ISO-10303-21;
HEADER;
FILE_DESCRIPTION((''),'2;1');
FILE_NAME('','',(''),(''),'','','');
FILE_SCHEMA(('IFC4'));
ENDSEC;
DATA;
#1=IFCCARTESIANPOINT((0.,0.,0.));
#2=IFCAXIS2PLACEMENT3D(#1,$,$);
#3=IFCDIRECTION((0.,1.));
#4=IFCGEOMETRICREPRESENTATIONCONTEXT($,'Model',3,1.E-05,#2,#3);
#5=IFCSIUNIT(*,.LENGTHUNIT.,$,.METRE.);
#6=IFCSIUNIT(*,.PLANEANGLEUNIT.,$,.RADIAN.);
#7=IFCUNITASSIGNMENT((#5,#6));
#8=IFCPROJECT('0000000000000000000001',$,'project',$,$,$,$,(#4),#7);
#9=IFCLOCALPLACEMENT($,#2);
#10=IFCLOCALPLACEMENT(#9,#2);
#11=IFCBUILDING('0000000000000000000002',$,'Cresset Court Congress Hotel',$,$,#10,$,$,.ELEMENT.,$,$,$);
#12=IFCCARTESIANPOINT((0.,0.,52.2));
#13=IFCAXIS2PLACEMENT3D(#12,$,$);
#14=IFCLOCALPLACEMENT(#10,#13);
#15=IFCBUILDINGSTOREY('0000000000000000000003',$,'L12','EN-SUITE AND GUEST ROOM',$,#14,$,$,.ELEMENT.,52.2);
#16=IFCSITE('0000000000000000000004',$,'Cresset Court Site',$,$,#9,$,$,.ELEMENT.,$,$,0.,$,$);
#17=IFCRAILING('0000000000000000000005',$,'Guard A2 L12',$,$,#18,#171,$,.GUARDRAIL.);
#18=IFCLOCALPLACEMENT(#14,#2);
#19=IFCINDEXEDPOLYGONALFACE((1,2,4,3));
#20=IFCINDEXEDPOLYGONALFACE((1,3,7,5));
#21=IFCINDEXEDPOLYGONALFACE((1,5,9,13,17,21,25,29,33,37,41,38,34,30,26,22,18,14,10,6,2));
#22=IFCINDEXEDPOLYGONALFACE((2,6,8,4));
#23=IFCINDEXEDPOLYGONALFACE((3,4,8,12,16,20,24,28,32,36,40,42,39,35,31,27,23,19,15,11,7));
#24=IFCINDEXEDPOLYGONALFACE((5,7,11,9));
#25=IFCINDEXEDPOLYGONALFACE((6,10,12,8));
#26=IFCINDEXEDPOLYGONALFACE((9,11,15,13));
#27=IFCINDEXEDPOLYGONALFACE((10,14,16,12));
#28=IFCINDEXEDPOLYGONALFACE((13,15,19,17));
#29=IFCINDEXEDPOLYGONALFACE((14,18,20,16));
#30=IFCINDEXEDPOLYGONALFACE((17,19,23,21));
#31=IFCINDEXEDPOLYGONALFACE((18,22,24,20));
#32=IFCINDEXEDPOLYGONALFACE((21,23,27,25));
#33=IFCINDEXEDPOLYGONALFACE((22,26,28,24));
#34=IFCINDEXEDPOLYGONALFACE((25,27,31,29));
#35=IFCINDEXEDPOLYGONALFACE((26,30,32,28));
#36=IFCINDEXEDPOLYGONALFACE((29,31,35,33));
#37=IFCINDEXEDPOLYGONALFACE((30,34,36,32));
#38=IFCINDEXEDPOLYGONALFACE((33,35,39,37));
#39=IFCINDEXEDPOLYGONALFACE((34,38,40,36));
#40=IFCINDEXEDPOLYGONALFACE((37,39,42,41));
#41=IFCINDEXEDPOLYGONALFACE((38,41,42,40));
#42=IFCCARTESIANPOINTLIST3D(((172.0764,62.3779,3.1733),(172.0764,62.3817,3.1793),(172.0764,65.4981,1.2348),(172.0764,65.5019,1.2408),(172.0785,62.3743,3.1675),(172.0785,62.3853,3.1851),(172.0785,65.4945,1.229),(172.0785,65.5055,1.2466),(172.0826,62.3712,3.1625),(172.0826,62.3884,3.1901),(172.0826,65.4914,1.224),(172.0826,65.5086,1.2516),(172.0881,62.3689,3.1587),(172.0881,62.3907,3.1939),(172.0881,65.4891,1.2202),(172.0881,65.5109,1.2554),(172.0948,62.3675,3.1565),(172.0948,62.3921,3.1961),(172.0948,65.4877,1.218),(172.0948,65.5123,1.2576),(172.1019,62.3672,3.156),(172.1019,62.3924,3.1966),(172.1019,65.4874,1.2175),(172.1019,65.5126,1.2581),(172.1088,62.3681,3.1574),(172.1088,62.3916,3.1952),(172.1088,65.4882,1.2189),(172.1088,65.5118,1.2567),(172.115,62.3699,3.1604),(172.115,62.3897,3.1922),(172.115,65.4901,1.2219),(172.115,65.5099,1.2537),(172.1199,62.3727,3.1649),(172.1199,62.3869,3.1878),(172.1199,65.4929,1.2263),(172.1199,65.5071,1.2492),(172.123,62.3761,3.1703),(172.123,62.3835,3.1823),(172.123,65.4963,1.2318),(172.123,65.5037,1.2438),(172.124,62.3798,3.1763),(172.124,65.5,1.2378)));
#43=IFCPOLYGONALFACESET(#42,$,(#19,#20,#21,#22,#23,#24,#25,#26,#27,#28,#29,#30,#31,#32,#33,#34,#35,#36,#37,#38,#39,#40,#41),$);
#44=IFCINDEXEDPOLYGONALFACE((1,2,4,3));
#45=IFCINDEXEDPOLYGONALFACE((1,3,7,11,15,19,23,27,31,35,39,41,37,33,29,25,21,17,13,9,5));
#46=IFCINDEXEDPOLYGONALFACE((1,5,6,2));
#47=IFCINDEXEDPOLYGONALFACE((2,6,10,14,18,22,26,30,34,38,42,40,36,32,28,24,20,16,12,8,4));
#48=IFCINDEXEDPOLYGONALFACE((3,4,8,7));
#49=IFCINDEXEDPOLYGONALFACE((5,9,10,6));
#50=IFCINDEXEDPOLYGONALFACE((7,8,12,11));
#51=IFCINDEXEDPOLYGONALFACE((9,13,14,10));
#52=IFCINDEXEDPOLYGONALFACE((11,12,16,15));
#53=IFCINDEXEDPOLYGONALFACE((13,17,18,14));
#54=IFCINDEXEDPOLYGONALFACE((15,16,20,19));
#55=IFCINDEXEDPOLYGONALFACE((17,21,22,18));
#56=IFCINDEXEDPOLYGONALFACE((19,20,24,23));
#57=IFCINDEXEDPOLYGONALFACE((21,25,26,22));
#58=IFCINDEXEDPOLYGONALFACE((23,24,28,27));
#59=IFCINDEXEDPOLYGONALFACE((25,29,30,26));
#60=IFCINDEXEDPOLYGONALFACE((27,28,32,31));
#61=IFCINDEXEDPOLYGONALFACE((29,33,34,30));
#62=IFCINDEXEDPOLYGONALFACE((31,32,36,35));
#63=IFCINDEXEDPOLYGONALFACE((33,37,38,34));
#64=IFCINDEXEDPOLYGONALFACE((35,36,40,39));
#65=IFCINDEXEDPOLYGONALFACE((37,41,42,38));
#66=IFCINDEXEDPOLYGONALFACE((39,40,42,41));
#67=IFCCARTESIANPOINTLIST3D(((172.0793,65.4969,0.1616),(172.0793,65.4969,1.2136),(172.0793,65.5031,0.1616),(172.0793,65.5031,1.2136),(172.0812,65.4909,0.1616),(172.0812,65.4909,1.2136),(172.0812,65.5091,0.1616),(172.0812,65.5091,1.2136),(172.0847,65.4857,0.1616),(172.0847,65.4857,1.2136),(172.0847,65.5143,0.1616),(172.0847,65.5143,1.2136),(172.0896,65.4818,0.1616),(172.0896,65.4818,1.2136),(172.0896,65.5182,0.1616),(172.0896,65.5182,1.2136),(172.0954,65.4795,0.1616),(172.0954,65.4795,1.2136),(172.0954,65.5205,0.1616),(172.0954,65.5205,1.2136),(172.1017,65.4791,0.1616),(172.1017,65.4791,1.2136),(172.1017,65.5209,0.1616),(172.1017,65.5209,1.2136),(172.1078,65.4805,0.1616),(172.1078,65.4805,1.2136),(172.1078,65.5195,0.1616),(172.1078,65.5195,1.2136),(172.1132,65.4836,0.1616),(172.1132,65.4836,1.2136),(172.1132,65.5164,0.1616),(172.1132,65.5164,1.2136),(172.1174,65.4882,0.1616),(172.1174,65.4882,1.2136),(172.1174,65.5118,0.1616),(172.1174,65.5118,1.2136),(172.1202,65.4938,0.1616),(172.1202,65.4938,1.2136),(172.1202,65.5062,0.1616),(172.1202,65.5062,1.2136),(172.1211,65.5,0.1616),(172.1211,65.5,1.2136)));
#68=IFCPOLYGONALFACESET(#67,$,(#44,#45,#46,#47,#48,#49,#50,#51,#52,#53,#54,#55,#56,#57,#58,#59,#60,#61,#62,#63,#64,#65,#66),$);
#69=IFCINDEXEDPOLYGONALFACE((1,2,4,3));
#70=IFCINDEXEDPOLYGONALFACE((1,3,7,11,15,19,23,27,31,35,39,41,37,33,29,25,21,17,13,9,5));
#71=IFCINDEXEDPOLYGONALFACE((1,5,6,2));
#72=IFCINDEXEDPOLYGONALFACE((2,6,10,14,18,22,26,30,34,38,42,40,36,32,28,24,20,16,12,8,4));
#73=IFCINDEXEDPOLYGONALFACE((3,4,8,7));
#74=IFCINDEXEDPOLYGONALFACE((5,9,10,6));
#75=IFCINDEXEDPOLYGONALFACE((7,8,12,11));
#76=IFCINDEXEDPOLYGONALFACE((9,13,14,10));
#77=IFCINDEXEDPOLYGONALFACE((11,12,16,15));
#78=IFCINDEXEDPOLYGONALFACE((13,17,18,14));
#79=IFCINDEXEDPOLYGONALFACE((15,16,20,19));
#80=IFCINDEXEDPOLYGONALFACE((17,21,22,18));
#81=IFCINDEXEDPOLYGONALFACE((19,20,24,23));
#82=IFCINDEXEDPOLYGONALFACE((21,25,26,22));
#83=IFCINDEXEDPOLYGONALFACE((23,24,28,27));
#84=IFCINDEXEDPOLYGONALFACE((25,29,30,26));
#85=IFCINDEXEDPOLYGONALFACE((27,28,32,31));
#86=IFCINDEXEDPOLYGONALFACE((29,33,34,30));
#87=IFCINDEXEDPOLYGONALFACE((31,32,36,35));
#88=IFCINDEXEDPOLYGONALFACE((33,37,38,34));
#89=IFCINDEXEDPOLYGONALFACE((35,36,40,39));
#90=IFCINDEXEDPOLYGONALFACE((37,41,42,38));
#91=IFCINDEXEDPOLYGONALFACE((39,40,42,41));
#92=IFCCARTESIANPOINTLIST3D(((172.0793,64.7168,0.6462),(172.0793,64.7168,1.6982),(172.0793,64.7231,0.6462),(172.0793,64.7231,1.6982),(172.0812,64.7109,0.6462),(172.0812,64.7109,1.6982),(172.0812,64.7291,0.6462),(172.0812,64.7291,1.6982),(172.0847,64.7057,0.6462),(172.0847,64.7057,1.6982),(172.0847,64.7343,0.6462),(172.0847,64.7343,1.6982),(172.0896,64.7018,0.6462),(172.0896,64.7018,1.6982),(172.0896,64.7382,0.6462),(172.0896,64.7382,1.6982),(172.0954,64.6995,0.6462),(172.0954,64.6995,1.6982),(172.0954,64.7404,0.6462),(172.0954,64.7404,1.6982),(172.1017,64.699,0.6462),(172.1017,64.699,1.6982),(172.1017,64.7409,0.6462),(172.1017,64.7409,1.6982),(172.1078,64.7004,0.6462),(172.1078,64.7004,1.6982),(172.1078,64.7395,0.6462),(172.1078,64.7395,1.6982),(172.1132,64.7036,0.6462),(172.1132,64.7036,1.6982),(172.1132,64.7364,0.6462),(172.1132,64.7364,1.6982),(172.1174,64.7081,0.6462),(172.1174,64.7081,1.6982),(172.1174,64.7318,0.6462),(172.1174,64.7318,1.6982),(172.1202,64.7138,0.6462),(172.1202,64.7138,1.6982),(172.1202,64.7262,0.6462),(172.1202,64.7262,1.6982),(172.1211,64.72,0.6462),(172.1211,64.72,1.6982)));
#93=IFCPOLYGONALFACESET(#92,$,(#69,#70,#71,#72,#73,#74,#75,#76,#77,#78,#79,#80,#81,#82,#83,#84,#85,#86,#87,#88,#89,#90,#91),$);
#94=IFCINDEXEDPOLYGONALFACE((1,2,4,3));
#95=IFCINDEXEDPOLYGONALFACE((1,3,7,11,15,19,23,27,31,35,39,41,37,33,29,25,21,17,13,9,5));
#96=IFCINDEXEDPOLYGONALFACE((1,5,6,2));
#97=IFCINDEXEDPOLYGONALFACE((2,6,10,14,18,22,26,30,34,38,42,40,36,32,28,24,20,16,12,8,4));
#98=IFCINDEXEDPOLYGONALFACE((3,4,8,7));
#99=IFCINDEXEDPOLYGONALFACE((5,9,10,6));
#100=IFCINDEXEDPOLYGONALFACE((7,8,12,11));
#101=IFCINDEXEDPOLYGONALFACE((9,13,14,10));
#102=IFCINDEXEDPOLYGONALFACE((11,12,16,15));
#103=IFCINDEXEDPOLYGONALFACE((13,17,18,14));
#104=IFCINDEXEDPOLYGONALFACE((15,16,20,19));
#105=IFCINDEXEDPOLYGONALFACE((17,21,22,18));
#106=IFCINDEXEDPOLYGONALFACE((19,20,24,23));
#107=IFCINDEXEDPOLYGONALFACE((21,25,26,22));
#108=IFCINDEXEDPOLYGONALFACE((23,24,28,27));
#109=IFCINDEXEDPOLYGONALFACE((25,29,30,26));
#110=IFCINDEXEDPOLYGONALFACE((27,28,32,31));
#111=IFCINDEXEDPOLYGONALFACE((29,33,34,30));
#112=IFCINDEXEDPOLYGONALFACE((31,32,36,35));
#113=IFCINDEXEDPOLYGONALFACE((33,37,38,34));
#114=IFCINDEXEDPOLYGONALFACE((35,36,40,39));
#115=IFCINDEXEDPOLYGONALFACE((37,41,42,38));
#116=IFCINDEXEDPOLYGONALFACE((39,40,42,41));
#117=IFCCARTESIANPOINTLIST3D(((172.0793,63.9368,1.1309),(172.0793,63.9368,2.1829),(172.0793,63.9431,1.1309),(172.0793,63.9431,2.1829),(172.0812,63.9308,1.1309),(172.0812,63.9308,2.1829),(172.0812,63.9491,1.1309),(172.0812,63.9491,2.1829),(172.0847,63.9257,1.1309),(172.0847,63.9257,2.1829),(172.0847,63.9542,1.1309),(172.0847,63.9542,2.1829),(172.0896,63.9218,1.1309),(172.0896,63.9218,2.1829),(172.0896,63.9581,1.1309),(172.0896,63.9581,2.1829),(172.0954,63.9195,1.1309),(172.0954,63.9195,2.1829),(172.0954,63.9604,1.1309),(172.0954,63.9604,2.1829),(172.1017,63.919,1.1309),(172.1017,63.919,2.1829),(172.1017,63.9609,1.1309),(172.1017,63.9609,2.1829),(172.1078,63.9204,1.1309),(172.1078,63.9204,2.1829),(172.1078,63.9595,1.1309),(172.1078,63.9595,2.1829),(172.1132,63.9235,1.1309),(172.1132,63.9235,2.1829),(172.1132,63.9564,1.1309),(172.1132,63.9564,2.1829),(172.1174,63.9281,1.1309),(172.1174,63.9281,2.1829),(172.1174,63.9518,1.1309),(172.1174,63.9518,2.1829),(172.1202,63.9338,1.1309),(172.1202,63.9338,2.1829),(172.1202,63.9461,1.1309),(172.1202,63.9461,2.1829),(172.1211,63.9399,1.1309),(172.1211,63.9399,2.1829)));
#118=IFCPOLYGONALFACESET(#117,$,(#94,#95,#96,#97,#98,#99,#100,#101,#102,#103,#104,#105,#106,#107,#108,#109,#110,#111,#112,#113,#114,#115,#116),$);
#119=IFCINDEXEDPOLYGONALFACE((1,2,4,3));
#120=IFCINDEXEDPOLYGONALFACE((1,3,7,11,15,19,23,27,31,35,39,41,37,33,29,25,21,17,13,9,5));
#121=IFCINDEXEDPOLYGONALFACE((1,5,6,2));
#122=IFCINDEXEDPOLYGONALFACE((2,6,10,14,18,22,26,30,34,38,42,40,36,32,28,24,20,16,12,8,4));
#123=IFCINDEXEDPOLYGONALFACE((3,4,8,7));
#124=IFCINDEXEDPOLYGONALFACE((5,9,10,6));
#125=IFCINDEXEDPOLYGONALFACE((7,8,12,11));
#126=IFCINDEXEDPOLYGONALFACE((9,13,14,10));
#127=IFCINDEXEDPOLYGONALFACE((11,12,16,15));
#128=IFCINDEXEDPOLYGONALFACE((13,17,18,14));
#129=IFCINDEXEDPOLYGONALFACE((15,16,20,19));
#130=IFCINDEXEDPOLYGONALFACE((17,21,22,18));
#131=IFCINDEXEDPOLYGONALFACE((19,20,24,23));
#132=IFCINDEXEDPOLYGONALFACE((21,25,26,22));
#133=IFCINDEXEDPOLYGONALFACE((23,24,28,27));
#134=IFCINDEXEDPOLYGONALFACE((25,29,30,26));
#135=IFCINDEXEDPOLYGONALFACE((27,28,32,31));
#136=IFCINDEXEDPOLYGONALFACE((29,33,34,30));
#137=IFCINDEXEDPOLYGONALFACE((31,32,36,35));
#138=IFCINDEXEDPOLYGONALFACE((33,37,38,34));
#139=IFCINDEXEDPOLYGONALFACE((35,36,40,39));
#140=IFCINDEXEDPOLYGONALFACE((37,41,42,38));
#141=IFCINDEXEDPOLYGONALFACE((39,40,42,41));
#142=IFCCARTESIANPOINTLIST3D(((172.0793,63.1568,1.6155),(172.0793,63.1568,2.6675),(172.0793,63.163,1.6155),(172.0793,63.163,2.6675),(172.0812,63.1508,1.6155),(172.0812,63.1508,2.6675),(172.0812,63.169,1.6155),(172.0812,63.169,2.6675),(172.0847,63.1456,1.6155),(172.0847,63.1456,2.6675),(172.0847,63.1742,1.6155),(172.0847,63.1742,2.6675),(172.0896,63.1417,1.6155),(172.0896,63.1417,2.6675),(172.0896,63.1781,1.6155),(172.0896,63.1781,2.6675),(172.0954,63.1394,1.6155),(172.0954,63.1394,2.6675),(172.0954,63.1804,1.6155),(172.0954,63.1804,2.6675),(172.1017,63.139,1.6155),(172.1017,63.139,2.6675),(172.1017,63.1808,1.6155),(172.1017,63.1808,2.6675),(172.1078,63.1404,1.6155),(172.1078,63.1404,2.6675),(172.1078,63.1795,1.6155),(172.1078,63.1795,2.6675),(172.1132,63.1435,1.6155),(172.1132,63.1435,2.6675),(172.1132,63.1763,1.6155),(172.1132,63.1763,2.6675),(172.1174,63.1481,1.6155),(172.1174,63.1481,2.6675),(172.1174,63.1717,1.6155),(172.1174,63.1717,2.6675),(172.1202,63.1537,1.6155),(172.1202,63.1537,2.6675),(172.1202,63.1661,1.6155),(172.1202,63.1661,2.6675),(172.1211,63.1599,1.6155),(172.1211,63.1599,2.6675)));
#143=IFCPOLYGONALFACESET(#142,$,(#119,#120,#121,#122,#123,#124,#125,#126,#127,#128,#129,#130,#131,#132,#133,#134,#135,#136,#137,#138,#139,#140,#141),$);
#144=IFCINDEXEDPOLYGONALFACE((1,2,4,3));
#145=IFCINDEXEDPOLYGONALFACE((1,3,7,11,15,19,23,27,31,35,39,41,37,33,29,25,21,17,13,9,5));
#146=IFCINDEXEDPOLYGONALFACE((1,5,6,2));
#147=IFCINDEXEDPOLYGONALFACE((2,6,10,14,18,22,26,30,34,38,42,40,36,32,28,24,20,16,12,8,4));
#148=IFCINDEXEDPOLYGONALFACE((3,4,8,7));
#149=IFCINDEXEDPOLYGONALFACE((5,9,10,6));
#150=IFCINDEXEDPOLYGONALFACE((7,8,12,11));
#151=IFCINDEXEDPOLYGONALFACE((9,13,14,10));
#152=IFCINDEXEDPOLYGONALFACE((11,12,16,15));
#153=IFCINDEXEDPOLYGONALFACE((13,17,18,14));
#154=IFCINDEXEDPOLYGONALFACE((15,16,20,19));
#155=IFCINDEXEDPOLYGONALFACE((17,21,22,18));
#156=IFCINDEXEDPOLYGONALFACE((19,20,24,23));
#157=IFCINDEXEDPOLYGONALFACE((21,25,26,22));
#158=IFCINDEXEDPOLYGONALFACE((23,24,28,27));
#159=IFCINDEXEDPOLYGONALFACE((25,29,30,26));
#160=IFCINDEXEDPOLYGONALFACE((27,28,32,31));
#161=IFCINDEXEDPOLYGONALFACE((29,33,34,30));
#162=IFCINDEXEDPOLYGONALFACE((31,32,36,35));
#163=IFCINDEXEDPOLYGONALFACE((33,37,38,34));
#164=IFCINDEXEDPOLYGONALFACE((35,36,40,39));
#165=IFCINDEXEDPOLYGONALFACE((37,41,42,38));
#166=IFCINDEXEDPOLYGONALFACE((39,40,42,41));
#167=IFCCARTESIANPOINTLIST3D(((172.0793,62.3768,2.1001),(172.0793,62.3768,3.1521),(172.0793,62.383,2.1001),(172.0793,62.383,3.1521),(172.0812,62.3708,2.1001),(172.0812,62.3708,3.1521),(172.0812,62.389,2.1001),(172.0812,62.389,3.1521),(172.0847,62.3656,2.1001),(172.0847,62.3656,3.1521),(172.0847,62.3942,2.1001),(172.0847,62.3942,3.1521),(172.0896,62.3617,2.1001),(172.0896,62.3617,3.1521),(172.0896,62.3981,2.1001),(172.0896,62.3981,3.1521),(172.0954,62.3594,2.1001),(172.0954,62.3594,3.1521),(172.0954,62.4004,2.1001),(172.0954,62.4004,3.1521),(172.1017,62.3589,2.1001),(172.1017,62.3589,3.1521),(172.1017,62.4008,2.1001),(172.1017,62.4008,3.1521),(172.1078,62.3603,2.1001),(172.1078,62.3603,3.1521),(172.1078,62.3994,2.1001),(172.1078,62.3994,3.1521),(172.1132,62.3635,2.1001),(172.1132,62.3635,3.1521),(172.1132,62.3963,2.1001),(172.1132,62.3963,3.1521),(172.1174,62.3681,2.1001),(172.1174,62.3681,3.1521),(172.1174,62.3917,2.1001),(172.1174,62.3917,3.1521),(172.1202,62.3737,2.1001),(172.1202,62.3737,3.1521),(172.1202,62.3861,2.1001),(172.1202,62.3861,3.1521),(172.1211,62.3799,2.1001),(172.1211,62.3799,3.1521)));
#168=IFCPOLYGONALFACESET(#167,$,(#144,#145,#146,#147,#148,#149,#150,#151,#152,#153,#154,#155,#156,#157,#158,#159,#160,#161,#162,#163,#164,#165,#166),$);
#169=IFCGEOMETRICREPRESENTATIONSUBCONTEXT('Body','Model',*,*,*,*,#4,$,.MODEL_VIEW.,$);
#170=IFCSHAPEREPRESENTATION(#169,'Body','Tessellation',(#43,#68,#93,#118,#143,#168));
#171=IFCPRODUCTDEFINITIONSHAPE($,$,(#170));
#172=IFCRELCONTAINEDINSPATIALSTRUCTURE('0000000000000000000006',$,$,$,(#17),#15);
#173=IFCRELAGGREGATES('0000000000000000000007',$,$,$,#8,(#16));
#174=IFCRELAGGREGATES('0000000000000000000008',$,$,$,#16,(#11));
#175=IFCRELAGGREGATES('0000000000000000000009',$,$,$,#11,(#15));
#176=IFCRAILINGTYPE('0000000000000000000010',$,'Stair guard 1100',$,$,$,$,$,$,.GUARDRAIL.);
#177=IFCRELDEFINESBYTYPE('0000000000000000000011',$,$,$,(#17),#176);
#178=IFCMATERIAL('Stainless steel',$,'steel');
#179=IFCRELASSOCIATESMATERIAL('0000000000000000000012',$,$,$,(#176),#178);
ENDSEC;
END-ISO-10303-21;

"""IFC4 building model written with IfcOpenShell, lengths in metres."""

from ifc_helpers import new_model, si_unit, direction, frame, origin, origin_2d, place, context, subcontext, project, spatial, circle, extrude, material, type_object, element, save


model = new_model("IFC4")

# Units and contexts
model_context = context("Model", 3, precision=1e-05, world=origin(), true_north=direction((0.0, 1.0)))
body_context = subcontext(model_context, "Body", "Model", "MODEL_VIEW")
ifc_project = project(units=[si_unit("LENGTHUNIT", "METRE"), si_unit("PLANEANGLEUNIT", "RADIAN")], contexts=[model_context])

# Site, building, storey
site_placement = place(None, origin())
site = spatial("IfcSite", under=ifc_project, at=site_placement, Name="Cresset Court Site", CompositionType="ELEMENT", RefElevation=0.0)
building_placement = place(site_placement, origin())
building = spatial("IfcBuilding", under=site, at=building_placement, Name="Cresset Court Congress Hotel", CompositionType="ELEMENT")
storey_placement = place(building_placement, frame((0.0, 0.0, 52.2)))
storey = spatial("IfcBuildingStorey", under=building, at=storey_placement, Name="L12", Description="EN-SUITE AND GUEST ROOM", CompositionType="ELEMENT", Elevation=52.2)

# Railing
ifc_material_1 = material(Name="Stainless steel", Category="steel")
railing_type_1 = type_object("IfcRailingType", Name="Stair guard 1100", PredefinedType="GUARDRAIL", material=ifc_material_1)
railing_1_placement = place(storey_placement, frame((172.1001, 65.5, 0.1616)))
element("IfcRailing", 1, at=railing_1_placement, inside=storey, type_object=railing_type_1, Name="Guard A2 L12", PredefinedType="GUARDRAIL", context=body_context, shape_type="SweptSolid", body=[
    extrude(circle(Radius=0.0239, at=origin_2d()), frame((0.0, 0.0, 1.0762), z_axis=(0.0, -0.849414, 0.527727), x_axis=(1.0, 0.0, 0.0)), (0.0, 0.0, 1.0), 3.6733),
    extrude(circle(Radius=0.021, at=origin_2d()), origin(), (0.0, 0.0, 1.0), 1.052),
    extrude(circle(Radius=0.021, at=origin_2d()), frame((0.0, -0.78, 0.4846)), (0.0, 0.0, 1.0), 1.052),
    extrude(circle(Radius=0.021, at=origin_2d()), frame((0.0, -1.5601, 0.9692)), (0.0, 0.0, 1.0), 1.052),
    extrude(circle(Radius=0.021, at=origin_2d()), frame((0.0, -2.3401, 1.4539)), (0.0, 0.0, 1.0), 1.052),
    extrude(circle(Radius=0.021, at=origin_2d()), frame((0.0, -3.1201, 1.9385)), (0.0, 0.0, 1.0), 1.052),
])

save(model, "model.ifc")
